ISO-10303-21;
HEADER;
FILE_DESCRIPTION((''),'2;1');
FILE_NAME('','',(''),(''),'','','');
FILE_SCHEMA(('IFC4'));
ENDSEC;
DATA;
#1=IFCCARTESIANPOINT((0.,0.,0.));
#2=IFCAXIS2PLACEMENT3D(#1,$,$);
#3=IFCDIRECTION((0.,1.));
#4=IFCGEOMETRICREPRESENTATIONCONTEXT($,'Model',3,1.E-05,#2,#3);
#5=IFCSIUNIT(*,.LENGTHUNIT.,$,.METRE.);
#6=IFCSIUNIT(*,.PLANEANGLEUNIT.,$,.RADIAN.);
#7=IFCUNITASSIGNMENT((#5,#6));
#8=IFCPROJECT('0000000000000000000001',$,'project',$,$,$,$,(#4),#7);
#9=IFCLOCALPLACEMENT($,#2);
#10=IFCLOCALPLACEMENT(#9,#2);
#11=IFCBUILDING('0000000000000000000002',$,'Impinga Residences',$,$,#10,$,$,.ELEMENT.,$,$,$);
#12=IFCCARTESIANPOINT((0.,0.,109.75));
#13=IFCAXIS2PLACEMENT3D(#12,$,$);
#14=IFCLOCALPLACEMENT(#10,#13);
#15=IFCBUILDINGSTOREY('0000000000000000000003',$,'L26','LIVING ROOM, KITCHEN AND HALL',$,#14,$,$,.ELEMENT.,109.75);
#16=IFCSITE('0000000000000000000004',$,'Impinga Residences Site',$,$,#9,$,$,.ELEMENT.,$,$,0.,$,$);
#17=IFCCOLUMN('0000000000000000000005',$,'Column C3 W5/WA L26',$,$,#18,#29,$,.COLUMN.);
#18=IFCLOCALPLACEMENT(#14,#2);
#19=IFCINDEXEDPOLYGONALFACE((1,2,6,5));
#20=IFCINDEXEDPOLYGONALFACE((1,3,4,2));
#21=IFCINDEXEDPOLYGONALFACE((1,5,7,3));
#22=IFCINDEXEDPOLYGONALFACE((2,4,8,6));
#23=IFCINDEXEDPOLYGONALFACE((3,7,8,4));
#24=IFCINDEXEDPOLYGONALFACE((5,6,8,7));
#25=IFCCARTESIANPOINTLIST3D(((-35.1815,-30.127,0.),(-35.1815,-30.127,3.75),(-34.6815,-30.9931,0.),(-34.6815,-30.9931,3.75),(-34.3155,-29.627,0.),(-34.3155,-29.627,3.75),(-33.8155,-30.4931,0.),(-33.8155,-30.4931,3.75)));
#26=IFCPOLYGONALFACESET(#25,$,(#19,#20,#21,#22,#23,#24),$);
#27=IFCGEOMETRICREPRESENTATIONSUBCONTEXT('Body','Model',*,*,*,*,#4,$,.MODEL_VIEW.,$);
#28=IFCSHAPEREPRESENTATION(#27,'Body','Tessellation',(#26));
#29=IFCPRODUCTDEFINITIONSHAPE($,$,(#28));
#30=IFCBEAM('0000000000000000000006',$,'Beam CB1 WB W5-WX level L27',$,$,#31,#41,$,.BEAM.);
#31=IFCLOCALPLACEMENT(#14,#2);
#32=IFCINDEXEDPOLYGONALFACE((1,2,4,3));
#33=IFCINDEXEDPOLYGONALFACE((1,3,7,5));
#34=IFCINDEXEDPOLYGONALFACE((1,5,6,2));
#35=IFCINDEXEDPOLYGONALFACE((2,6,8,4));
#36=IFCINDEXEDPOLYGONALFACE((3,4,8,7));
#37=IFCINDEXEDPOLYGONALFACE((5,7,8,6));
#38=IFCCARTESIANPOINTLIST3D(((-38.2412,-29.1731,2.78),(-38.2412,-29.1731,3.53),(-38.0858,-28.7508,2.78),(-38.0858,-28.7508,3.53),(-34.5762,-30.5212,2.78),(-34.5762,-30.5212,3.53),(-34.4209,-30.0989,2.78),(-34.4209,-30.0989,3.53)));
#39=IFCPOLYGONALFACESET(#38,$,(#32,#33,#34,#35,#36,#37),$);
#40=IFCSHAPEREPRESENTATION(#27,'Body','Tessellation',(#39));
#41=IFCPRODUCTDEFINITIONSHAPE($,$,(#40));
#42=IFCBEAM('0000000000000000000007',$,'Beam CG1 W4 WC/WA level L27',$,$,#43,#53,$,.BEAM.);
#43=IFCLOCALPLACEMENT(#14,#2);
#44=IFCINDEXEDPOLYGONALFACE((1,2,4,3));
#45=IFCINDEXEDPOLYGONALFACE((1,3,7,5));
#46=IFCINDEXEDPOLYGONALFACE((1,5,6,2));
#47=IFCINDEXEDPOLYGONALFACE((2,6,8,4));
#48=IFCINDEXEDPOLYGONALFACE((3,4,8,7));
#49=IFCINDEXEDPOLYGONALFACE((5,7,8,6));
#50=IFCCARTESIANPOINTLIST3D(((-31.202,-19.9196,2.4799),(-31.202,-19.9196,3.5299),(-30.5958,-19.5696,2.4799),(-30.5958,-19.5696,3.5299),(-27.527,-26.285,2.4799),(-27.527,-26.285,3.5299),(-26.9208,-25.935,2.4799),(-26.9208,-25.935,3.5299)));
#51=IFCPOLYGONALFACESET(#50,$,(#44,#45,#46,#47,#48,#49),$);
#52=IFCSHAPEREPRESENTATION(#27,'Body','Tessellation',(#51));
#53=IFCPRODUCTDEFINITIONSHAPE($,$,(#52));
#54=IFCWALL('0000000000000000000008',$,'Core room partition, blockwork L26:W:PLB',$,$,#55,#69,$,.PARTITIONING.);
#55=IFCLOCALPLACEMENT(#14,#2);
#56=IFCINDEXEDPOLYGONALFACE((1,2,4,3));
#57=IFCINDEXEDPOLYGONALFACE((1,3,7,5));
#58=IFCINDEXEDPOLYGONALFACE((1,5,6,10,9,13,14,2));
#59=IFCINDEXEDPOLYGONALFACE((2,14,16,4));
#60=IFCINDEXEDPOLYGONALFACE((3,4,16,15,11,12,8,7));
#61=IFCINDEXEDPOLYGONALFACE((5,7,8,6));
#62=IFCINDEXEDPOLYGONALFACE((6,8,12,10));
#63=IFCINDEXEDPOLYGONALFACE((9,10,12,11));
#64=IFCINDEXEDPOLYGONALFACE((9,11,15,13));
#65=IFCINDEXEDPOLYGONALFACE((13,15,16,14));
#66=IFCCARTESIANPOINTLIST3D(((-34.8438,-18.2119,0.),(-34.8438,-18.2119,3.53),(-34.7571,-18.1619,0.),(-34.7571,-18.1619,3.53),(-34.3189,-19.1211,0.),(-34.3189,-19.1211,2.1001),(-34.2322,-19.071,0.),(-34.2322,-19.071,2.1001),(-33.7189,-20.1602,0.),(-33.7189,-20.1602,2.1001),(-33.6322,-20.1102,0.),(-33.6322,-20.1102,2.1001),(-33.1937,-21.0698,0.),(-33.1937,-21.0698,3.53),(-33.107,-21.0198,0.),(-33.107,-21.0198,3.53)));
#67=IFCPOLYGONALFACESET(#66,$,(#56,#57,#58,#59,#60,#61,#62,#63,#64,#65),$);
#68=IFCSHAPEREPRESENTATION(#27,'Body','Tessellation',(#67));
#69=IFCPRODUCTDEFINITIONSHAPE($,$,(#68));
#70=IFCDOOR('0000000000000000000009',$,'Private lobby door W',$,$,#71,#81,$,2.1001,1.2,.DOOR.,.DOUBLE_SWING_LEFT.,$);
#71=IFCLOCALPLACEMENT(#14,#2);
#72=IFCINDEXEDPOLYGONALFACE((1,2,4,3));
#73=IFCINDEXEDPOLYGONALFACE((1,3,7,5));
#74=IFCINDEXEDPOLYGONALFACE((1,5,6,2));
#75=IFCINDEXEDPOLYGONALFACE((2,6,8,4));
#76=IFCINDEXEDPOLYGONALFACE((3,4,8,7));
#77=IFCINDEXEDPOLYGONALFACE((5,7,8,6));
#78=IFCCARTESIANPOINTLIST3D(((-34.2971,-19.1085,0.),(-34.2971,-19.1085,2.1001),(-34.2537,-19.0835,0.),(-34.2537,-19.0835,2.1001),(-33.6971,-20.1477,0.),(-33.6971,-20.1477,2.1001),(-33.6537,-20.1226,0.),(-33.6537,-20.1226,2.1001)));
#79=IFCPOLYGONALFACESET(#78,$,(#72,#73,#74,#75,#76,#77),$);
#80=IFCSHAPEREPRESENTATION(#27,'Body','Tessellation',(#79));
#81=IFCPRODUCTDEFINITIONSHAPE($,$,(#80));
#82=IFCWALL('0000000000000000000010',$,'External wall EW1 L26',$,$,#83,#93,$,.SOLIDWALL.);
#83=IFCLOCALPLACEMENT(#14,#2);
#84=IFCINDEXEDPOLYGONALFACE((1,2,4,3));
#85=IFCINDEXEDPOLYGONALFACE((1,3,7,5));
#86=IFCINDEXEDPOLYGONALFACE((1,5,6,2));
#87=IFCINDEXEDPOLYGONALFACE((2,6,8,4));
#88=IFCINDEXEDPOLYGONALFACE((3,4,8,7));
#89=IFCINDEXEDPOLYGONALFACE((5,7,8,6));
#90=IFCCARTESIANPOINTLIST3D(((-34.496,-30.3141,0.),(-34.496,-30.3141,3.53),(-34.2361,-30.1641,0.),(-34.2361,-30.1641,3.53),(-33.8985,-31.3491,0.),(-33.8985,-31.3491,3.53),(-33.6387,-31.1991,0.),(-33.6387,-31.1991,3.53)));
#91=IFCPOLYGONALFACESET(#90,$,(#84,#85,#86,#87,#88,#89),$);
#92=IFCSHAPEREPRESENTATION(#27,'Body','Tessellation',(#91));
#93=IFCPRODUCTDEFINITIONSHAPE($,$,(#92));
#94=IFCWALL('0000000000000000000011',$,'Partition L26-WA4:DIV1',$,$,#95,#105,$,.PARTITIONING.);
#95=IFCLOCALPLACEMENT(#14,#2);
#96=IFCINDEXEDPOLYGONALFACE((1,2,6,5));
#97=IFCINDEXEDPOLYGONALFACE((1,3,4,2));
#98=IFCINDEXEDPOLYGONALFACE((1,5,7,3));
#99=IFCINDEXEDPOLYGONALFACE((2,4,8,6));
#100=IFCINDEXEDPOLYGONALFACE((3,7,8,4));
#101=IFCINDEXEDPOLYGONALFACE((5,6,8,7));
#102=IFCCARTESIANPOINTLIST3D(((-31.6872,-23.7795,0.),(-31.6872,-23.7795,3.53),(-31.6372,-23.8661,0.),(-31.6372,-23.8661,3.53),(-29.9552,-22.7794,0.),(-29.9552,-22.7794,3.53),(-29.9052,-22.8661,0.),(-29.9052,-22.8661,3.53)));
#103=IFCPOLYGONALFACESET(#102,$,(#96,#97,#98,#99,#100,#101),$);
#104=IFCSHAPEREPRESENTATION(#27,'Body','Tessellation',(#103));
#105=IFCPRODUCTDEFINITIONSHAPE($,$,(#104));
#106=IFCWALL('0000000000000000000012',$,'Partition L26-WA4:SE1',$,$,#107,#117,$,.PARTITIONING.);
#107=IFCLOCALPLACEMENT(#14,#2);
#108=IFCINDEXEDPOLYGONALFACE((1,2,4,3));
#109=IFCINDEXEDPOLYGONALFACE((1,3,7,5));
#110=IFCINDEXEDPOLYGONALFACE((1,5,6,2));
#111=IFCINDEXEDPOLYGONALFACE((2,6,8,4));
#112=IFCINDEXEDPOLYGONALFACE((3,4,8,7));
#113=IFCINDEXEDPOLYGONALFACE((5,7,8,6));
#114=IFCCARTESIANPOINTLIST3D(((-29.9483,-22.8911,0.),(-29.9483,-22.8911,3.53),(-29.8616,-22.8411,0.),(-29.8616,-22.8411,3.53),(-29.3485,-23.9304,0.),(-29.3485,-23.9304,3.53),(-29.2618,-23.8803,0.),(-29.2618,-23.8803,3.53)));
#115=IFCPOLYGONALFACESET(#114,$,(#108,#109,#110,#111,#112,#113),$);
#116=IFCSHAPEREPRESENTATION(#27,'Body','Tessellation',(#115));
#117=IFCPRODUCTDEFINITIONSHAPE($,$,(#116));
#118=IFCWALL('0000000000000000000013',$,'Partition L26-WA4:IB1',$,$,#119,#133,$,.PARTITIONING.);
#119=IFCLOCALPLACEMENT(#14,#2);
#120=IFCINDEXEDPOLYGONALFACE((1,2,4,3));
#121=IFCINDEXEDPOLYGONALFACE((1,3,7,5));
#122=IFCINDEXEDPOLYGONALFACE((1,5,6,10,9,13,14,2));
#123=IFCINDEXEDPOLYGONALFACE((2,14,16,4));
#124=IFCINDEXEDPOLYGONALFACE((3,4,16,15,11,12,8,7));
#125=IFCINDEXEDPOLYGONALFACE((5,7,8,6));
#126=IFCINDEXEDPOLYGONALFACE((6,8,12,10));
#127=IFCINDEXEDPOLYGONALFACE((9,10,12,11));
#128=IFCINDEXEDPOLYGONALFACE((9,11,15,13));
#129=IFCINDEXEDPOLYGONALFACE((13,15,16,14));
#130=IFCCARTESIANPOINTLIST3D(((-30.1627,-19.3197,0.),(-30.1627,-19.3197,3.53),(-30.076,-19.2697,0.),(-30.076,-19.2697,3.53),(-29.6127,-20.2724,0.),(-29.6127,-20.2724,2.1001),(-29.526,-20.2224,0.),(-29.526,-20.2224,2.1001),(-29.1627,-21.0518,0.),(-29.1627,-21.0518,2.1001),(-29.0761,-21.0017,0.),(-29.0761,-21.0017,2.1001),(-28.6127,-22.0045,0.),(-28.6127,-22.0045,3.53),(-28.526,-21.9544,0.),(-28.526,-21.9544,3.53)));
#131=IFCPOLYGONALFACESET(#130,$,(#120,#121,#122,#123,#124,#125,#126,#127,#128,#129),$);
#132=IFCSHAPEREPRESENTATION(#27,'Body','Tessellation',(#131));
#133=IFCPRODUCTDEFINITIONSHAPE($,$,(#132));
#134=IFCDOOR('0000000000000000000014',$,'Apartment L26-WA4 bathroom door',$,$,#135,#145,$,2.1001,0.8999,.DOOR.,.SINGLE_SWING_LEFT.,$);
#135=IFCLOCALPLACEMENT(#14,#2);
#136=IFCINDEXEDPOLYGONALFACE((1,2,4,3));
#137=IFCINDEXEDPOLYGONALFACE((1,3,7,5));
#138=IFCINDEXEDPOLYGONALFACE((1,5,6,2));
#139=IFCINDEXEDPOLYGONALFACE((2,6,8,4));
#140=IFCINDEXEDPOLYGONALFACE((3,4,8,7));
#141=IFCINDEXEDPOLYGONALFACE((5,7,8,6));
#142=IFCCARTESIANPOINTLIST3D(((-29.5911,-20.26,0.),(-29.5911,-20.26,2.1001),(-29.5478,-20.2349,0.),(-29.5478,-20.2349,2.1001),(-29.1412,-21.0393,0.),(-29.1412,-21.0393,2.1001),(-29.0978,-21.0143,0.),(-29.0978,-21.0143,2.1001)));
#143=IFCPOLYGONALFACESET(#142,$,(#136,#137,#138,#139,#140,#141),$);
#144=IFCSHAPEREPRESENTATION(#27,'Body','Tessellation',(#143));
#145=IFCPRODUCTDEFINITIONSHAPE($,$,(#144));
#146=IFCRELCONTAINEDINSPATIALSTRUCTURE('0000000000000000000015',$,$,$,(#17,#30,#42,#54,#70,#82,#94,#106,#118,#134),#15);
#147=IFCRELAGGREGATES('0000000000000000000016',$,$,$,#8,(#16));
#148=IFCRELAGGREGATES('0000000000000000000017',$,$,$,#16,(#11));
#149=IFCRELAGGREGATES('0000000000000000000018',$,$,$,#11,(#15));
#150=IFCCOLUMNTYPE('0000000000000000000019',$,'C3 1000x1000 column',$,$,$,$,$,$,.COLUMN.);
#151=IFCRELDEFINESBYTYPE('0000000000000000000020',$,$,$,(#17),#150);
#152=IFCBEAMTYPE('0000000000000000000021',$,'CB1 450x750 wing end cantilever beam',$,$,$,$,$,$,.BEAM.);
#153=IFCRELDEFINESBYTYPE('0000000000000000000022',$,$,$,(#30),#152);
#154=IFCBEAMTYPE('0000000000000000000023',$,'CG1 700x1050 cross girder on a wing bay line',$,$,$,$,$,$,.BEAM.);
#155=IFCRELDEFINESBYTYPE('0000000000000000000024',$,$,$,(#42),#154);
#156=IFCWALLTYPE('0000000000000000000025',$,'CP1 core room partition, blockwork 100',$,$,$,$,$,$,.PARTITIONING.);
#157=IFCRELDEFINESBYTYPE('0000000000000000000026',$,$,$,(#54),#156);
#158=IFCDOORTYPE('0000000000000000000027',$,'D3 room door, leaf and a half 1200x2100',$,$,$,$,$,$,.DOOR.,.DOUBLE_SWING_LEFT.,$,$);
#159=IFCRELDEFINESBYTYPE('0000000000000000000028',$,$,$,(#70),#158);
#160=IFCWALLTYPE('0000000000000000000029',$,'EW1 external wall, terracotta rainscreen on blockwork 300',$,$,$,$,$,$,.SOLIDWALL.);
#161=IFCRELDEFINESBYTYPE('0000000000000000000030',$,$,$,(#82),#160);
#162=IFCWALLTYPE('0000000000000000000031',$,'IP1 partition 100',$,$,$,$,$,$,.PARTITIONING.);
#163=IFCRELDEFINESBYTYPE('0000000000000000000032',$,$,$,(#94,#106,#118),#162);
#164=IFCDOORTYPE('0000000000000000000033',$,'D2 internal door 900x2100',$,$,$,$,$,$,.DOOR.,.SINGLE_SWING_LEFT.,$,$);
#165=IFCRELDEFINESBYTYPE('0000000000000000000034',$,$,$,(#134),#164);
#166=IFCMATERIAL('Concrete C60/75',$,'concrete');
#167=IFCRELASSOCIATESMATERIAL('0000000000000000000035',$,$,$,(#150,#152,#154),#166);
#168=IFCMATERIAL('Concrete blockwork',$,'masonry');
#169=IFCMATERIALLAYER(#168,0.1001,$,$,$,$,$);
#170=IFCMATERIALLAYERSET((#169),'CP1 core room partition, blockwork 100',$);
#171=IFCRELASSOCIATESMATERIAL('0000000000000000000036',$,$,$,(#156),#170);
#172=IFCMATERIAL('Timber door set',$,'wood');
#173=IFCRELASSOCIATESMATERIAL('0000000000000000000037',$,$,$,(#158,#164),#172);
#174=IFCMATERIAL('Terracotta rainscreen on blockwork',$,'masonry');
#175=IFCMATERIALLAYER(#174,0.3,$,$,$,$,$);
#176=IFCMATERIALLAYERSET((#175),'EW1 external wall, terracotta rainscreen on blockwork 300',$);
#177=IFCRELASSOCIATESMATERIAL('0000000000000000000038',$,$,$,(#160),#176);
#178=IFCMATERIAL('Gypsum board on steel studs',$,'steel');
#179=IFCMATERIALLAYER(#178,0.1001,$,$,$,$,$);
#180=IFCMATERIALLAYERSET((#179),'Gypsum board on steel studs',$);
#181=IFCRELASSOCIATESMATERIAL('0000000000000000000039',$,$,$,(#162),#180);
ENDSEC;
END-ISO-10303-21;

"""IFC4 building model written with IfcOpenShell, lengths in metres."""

from ifc_helpers import new_model, si_unit, direction, frame, frame_2d, origin, origin_2d, place, context, subcontext, project, spatial, rectangle, extrude, material, layer, layer_set, material_profile, profile_set, type_object, element, fill, save


model = new_model("IFC4")

# Units and contexts
model_context = context("Model", 3, precision=1e-05, world=origin(), true_north=direction((0.0, 1.0)))
body_context = subcontext(model_context, "Body", "Model", "MODEL_VIEW")
ifc_project = project(units=[si_unit("LENGTHUNIT", "METRE"), si_unit("PLANEANGLEUNIT", "RADIAN")], contexts=[model_context])

# Site, building, storey
site_placement = place(None, origin())
site = spatial("IfcSite", under=ifc_project, at=site_placement, Name="Impinga Residences Site", CompositionType="ELEMENT", RefElevation=0.0)
building_placement = place(site_placement, origin())
building = spatial("IfcBuilding", under=site, at=building_placement, Name="Impinga Residences", CompositionType="ELEMENT")
storey_placement = place(building_placement, frame((0.0, 0.0, 109.75)))
storey = spatial("IfcBuildingStorey", under=building, at=storey_placement, Name="L26", Description="LIVING ROOM, KITCHEN AND HALL", CompositionType="ELEMENT", Elevation=109.75)

# Column
ifc_material_1 = material(Name="Concrete C60/75", Category="concrete")
ifc_material_profile_1 = material_profile(ifc_material_1, rectangle(XDim=1.0, YDim=1.0, at=origin_2d()), Name="RC 1000x1000")
ifc_profile_set_1 = profile_set([ifc_material_profile_1], Name="Concrete C60/75")
column_type = type_object("IfcColumnType", Name="C3 1000x1000 column", PredefinedType="COLUMN", material=ifc_profile_set_1)
column_placement = place(storey_placement, frame((-34.4985, -30.3101, 0.0), z_axis=(0.0, 0.0, 1.0), x_axis=(-0.5, 0.866025, 0.0)))
element("IfcColumn", 1, at=column_placement, inside=storey, type_object=column_type, Name="Column C3 W5/WA L26", PredefinedType="COLUMN", context=body_context, shape_type="SweptSolid", body=[
    extrude(rectangle(XDim=1.0, YDim=1.0, at=origin_2d()), origin(), (0.0, 0.0, 1.0), 3.75),
])

# Beams
ifc_material_profile_2 = material_profile(ifc_material_1, rectangle(XDim=0.45, YDim=0.75, at=origin_2d()), Name="RC 450x750")
ifc_profile_set_2 = profile_set([ifc_material_profile_2], Name="Concrete C60/75")
beam_type_1 = type_object("IfcBeamType", Name="CB1 450x750 wing end cantilever beam", PredefinedType="BEAM", material=ifc_profile_set_2)
beam_1_placement = place(storey_placement, frame((-34.4985, -30.3101, 3.155), z_axis=(-0.93852, 0.345224, 0.0), x_axis=(-0.345224, -0.93852, 0.0)))
element("IfcBeam", 2, at=beam_1_placement, inside=storey, type_object=beam_type_1, Name="Beam CB1 WB W5-WX level L27", PredefinedType="BEAM", context=body_context, shape_type="SweptSolid", body=[
    extrude(rectangle(XDim=0.45, YDim=0.75, at=origin_2d()), origin(), (0.0, 0.0, 1.0), 3.905),
])
ifc_material_profile_3 = material_profile(ifc_material_1, rectangle(XDim=0.7, YDim=1.05, at=origin_2d()), Name="RC 700x1050")
ifc_profile_set_3 = profile_set([ifc_material_profile_3], Name="Concrete C60/75")
beam_type_2 = type_object("IfcBeamType", Name="CG1 700x1050 cross girder on a wing bay line", PredefinedType="BEAM", material=ifc_profile_set_3)
beam_2_placement = place(storey_placement, frame((-30.8989, -19.7446, 3.0049), z_axis=(0.499994, -0.866029, 0.0), x_axis=(0.866029, 0.499994, 0.0)))
element("IfcBeam", 3, at=beam_2_placement, inside=storey, type_object=beam_type_2, Name="Beam CG1 W4 WC/WA level L27", PredefinedType="BEAM", context=body_context, shape_type="SweptSolid", body=[
    extrude(rectangle(XDim=0.7, YDim=1.05, at=origin_2d()), origin(), (0.0, 0.0, 1.0), 7.3501),
])

# Wall, opening, door
ifc_material_2 = material(Name="Concrete blockwork", Category="masonry")
ifc_layer_1 = layer(ifc_material_2, 0.1001)
ifc_layer_set_1 = layer_set([ifc_layer_1], Name="CP1 core room partition, blockwork 100")
wall_type_1 = type_object("IfcWallType", Name="CP1 core room partition, blockwork 100", PredefinedType="PARTITIONING", material=ifc_layer_set_1)
wall_1_placement = place(storey_placement, frame((-33.1504, -21.0447, 0.0), z_axis=(0.0, 0.0, 1.0), x_axis=(-0.50003, 0.866008, 0.0)))
wall_1 = element("IfcWall", 4, at=wall_1_placement, inside=storey, type_object=wall_type_1, Name="Core room partition, blockwork L26:W:PLB", PredefinedType="PARTITIONING", context=body_context, shape_type="SweptSolid", body=[
    extrude(rectangle(XDim=3.3, YDim=0.1001, at=frame_2d((1.6499, 0.0))), origin(), (0.0, 0.0, 1.0), 3.53),
])
opening_1_placement = place(wall_1_placement, frame((1.05, 0.0, 0.0)))
opening_1 = element("IfcOpeningElement", 5, at=opening_1_placement, cuts=wall_1, PredefinedType="OPENING", context=body_context, shape_type="SweptSolid", body=[
    extrude(rectangle(XDim=1.2, YDim=2.1001, at=frame_2d((0.6001, 1.05))), frame((0.0, 0.0601, 0.0), z_axis=(0.0, -1.0, 0.0), x_axis=(1.0, 0.0, 0.0)), (0.0, 0.0, 1.0), 0.1201),
])
ifc_material_3 = material(Name="Timber door set", Category="wood")
door_type_1 = type_object("IfcDoorType", Name="D3 room door, leaf and a half 1200x2100", OperationType="DOUBLE_SWING_LEFT", PredefinedType="DOOR", material=ifc_material_3)
door_1_placement = place(opening_1_placement, origin())
door_1 = element("IfcDoor", 6, at=door_1_placement, inside=storey, type_object=door_type_1, Name="Private lobby door W", OperationType="DOUBLE_SWING_LEFT", OverallHeight=2.1001, OverallWidth=1.2, PredefinedType="DOOR", context=body_context, shape_type="SweptSolid", body=[
    extrude(rectangle(XDim=1.2, YDim=2.1001, at=frame_2d((0.6001, 1.05))), frame((0.0, 0.0249, 0.0), z_axis=(0.0, -1.0, 0.0), x_axis=(1.0, 0.0, 0.0)), (0.0, 0.0, 1.0), 0.05),
])
fill(opening_1, door_1)

# Walls
ifc_material_4 = material(Name="Terracotta rainscreen on blockwork", Category="masonry")
ifc_layer_2 = layer(ifc_material_4, 0.3)
ifc_layer_set_2 = layer_set([ifc_layer_2], Name="EW1 external wall, terracotta rainscreen on blockwork 300")
wall_type_2 = type_object("IfcWallType", Name="EW1 external wall, terracotta rainscreen on blockwork 300", PredefinedType="SOLIDWALL", material=ifc_layer_set_2)
wall_2_placement = place(storey_placement, frame((-33.7686, -31.2742, 0.0), z_axis=(0.0, 0.0, 1.0), x_axis=(-0.499941, 0.86606, 0.0)))
element("IfcWall", 7, at=wall_2_placement, inside=storey, type_object=wall_type_2, Name="External wall EW1 L26", PredefinedType="SOLIDWALL", context=body_context, shape_type="SweptSolid", body=[
    extrude(rectangle(XDim=1.1951, YDim=0.3, at=frame_2d((0.5977, 0.0))), origin(), (0.0, 0.0, 1.0), 3.53),
])
ifc_material_5 = material(Name="Gypsum board on steel studs", Category="steel")
ifc_layer_3 = layer(ifc_material_5, 0.1001)
ifc_layer_set_3 = layer_set([ifc_layer_3], Name="Gypsum board on steel studs")
wall_type_3 = type_object("IfcWallType", Name="IP1 partition 100", PredefinedType="PARTITIONING", material=ifc_layer_set_3)
wall_3_placement = place(storey_placement, frame((-29.9302, -22.8228, 0.0), z_axis=(0.0, 0.0, 1.0), x_axis=(-0.866011, -0.500025, 0.0)))
element("IfcWall", 8, at=wall_3_placement, inside=storey, type_object=wall_type_3, Name="Partition L26-WA4:DIV1", PredefinedType="PARTITIONING", context=body_context, shape_type="SweptSolid", body=[
    extrude(rectangle(XDim=2.0, YDim=0.1001, at=frame_2d((1.0, 0.0))), origin(), (0.0, 0.0, 1.0), 3.53),
])
wall_4_placement = place(storey_placement, frame((-29.905, -22.866, 0.0), z_axis=(0.0, 0.0, 1.0), x_axis=(0.499881, -0.866094, 0.0)))
element("IfcWall", 9, at=wall_4_placement, inside=storey, type_object=wall_type_3, Name="Partition L26-WA4:SE1", PredefinedType="PARTITIONING", context=body_context, shape_type="SweptSolid", body=[
    extrude(rectangle(XDim=1.2, YDim=0.1001, at=frame_2d((0.6001, 0.0))), origin(), (0.0, 0.0, 1.0), 3.53),
])

# Wall, opening, door
wall_5_placement = place(storey_placement, frame((-30.1194, -19.2947, 0.0), z_axis=(0.0, 0.0, 1.0), x_axis=(0.499993, -0.86603, 0.0)))
wall_5 = element("IfcWall", 10, at=wall_5_placement, inside=storey, type_object=wall_type_3, Name="Partition L26-WA4:IB1", PredefinedType="PARTITIONING", context=body_context, shape_type="SweptSolid", body=[
    extrude(rectangle(XDim=3.1001, YDim=0.1001, at=frame_2d((1.55, 0.0))), origin(), (0.0, 0.0, 1.0), 3.53),
])
opening_2_placement = place(wall_5_placement, frame((1.1001, 0.0, 0.0)))
opening_2 = element("IfcOpeningElement", 11, at=opening_2_placement, cuts=wall_5, PredefinedType="OPENING", context=body_context, shape_type="SweptSolid", body=[
    extrude(rectangle(XDim=0.8999, YDim=2.1001, at=frame_2d((0.45, 1.05))), frame((0.0, 0.0601, 0.0), z_axis=(0.0, -1.0, 0.0), x_axis=(1.0, 0.0, 0.0)), (0.0, 0.0, 1.0), 0.1201),
])
door_type_2 = type_object("IfcDoorType", Name="D2 internal door 900x2100", OperationType="SINGLE_SWING_LEFT", PredefinedType="DOOR", material=ifc_material_3)
door_2_placement = place(opening_2_placement, origin())
door_2 = element("IfcDoor", 12, at=door_2_placement, inside=storey, type_object=door_type_2, Name="Apartment L26-WA4 bathroom door", OperationType="SINGLE_SWING_LEFT", OverallHeight=2.1001, OverallWidth=0.8999, PredefinedType="DOOR", context=body_context, shape_type="SweptSolid", body=[
    extrude(rectangle(XDim=0.8999, YDim=2.1001, at=frame_2d((0.45, 1.05))), frame((0.0, 0.0249, 0.0), z_axis=(0.0, -1.0, 0.0), x_axis=(1.0, 0.0, 0.0)), (0.0, 0.0, 1.0), 0.05),
])
fill(opening_2, door_2)

save(model, "model.ifc")
